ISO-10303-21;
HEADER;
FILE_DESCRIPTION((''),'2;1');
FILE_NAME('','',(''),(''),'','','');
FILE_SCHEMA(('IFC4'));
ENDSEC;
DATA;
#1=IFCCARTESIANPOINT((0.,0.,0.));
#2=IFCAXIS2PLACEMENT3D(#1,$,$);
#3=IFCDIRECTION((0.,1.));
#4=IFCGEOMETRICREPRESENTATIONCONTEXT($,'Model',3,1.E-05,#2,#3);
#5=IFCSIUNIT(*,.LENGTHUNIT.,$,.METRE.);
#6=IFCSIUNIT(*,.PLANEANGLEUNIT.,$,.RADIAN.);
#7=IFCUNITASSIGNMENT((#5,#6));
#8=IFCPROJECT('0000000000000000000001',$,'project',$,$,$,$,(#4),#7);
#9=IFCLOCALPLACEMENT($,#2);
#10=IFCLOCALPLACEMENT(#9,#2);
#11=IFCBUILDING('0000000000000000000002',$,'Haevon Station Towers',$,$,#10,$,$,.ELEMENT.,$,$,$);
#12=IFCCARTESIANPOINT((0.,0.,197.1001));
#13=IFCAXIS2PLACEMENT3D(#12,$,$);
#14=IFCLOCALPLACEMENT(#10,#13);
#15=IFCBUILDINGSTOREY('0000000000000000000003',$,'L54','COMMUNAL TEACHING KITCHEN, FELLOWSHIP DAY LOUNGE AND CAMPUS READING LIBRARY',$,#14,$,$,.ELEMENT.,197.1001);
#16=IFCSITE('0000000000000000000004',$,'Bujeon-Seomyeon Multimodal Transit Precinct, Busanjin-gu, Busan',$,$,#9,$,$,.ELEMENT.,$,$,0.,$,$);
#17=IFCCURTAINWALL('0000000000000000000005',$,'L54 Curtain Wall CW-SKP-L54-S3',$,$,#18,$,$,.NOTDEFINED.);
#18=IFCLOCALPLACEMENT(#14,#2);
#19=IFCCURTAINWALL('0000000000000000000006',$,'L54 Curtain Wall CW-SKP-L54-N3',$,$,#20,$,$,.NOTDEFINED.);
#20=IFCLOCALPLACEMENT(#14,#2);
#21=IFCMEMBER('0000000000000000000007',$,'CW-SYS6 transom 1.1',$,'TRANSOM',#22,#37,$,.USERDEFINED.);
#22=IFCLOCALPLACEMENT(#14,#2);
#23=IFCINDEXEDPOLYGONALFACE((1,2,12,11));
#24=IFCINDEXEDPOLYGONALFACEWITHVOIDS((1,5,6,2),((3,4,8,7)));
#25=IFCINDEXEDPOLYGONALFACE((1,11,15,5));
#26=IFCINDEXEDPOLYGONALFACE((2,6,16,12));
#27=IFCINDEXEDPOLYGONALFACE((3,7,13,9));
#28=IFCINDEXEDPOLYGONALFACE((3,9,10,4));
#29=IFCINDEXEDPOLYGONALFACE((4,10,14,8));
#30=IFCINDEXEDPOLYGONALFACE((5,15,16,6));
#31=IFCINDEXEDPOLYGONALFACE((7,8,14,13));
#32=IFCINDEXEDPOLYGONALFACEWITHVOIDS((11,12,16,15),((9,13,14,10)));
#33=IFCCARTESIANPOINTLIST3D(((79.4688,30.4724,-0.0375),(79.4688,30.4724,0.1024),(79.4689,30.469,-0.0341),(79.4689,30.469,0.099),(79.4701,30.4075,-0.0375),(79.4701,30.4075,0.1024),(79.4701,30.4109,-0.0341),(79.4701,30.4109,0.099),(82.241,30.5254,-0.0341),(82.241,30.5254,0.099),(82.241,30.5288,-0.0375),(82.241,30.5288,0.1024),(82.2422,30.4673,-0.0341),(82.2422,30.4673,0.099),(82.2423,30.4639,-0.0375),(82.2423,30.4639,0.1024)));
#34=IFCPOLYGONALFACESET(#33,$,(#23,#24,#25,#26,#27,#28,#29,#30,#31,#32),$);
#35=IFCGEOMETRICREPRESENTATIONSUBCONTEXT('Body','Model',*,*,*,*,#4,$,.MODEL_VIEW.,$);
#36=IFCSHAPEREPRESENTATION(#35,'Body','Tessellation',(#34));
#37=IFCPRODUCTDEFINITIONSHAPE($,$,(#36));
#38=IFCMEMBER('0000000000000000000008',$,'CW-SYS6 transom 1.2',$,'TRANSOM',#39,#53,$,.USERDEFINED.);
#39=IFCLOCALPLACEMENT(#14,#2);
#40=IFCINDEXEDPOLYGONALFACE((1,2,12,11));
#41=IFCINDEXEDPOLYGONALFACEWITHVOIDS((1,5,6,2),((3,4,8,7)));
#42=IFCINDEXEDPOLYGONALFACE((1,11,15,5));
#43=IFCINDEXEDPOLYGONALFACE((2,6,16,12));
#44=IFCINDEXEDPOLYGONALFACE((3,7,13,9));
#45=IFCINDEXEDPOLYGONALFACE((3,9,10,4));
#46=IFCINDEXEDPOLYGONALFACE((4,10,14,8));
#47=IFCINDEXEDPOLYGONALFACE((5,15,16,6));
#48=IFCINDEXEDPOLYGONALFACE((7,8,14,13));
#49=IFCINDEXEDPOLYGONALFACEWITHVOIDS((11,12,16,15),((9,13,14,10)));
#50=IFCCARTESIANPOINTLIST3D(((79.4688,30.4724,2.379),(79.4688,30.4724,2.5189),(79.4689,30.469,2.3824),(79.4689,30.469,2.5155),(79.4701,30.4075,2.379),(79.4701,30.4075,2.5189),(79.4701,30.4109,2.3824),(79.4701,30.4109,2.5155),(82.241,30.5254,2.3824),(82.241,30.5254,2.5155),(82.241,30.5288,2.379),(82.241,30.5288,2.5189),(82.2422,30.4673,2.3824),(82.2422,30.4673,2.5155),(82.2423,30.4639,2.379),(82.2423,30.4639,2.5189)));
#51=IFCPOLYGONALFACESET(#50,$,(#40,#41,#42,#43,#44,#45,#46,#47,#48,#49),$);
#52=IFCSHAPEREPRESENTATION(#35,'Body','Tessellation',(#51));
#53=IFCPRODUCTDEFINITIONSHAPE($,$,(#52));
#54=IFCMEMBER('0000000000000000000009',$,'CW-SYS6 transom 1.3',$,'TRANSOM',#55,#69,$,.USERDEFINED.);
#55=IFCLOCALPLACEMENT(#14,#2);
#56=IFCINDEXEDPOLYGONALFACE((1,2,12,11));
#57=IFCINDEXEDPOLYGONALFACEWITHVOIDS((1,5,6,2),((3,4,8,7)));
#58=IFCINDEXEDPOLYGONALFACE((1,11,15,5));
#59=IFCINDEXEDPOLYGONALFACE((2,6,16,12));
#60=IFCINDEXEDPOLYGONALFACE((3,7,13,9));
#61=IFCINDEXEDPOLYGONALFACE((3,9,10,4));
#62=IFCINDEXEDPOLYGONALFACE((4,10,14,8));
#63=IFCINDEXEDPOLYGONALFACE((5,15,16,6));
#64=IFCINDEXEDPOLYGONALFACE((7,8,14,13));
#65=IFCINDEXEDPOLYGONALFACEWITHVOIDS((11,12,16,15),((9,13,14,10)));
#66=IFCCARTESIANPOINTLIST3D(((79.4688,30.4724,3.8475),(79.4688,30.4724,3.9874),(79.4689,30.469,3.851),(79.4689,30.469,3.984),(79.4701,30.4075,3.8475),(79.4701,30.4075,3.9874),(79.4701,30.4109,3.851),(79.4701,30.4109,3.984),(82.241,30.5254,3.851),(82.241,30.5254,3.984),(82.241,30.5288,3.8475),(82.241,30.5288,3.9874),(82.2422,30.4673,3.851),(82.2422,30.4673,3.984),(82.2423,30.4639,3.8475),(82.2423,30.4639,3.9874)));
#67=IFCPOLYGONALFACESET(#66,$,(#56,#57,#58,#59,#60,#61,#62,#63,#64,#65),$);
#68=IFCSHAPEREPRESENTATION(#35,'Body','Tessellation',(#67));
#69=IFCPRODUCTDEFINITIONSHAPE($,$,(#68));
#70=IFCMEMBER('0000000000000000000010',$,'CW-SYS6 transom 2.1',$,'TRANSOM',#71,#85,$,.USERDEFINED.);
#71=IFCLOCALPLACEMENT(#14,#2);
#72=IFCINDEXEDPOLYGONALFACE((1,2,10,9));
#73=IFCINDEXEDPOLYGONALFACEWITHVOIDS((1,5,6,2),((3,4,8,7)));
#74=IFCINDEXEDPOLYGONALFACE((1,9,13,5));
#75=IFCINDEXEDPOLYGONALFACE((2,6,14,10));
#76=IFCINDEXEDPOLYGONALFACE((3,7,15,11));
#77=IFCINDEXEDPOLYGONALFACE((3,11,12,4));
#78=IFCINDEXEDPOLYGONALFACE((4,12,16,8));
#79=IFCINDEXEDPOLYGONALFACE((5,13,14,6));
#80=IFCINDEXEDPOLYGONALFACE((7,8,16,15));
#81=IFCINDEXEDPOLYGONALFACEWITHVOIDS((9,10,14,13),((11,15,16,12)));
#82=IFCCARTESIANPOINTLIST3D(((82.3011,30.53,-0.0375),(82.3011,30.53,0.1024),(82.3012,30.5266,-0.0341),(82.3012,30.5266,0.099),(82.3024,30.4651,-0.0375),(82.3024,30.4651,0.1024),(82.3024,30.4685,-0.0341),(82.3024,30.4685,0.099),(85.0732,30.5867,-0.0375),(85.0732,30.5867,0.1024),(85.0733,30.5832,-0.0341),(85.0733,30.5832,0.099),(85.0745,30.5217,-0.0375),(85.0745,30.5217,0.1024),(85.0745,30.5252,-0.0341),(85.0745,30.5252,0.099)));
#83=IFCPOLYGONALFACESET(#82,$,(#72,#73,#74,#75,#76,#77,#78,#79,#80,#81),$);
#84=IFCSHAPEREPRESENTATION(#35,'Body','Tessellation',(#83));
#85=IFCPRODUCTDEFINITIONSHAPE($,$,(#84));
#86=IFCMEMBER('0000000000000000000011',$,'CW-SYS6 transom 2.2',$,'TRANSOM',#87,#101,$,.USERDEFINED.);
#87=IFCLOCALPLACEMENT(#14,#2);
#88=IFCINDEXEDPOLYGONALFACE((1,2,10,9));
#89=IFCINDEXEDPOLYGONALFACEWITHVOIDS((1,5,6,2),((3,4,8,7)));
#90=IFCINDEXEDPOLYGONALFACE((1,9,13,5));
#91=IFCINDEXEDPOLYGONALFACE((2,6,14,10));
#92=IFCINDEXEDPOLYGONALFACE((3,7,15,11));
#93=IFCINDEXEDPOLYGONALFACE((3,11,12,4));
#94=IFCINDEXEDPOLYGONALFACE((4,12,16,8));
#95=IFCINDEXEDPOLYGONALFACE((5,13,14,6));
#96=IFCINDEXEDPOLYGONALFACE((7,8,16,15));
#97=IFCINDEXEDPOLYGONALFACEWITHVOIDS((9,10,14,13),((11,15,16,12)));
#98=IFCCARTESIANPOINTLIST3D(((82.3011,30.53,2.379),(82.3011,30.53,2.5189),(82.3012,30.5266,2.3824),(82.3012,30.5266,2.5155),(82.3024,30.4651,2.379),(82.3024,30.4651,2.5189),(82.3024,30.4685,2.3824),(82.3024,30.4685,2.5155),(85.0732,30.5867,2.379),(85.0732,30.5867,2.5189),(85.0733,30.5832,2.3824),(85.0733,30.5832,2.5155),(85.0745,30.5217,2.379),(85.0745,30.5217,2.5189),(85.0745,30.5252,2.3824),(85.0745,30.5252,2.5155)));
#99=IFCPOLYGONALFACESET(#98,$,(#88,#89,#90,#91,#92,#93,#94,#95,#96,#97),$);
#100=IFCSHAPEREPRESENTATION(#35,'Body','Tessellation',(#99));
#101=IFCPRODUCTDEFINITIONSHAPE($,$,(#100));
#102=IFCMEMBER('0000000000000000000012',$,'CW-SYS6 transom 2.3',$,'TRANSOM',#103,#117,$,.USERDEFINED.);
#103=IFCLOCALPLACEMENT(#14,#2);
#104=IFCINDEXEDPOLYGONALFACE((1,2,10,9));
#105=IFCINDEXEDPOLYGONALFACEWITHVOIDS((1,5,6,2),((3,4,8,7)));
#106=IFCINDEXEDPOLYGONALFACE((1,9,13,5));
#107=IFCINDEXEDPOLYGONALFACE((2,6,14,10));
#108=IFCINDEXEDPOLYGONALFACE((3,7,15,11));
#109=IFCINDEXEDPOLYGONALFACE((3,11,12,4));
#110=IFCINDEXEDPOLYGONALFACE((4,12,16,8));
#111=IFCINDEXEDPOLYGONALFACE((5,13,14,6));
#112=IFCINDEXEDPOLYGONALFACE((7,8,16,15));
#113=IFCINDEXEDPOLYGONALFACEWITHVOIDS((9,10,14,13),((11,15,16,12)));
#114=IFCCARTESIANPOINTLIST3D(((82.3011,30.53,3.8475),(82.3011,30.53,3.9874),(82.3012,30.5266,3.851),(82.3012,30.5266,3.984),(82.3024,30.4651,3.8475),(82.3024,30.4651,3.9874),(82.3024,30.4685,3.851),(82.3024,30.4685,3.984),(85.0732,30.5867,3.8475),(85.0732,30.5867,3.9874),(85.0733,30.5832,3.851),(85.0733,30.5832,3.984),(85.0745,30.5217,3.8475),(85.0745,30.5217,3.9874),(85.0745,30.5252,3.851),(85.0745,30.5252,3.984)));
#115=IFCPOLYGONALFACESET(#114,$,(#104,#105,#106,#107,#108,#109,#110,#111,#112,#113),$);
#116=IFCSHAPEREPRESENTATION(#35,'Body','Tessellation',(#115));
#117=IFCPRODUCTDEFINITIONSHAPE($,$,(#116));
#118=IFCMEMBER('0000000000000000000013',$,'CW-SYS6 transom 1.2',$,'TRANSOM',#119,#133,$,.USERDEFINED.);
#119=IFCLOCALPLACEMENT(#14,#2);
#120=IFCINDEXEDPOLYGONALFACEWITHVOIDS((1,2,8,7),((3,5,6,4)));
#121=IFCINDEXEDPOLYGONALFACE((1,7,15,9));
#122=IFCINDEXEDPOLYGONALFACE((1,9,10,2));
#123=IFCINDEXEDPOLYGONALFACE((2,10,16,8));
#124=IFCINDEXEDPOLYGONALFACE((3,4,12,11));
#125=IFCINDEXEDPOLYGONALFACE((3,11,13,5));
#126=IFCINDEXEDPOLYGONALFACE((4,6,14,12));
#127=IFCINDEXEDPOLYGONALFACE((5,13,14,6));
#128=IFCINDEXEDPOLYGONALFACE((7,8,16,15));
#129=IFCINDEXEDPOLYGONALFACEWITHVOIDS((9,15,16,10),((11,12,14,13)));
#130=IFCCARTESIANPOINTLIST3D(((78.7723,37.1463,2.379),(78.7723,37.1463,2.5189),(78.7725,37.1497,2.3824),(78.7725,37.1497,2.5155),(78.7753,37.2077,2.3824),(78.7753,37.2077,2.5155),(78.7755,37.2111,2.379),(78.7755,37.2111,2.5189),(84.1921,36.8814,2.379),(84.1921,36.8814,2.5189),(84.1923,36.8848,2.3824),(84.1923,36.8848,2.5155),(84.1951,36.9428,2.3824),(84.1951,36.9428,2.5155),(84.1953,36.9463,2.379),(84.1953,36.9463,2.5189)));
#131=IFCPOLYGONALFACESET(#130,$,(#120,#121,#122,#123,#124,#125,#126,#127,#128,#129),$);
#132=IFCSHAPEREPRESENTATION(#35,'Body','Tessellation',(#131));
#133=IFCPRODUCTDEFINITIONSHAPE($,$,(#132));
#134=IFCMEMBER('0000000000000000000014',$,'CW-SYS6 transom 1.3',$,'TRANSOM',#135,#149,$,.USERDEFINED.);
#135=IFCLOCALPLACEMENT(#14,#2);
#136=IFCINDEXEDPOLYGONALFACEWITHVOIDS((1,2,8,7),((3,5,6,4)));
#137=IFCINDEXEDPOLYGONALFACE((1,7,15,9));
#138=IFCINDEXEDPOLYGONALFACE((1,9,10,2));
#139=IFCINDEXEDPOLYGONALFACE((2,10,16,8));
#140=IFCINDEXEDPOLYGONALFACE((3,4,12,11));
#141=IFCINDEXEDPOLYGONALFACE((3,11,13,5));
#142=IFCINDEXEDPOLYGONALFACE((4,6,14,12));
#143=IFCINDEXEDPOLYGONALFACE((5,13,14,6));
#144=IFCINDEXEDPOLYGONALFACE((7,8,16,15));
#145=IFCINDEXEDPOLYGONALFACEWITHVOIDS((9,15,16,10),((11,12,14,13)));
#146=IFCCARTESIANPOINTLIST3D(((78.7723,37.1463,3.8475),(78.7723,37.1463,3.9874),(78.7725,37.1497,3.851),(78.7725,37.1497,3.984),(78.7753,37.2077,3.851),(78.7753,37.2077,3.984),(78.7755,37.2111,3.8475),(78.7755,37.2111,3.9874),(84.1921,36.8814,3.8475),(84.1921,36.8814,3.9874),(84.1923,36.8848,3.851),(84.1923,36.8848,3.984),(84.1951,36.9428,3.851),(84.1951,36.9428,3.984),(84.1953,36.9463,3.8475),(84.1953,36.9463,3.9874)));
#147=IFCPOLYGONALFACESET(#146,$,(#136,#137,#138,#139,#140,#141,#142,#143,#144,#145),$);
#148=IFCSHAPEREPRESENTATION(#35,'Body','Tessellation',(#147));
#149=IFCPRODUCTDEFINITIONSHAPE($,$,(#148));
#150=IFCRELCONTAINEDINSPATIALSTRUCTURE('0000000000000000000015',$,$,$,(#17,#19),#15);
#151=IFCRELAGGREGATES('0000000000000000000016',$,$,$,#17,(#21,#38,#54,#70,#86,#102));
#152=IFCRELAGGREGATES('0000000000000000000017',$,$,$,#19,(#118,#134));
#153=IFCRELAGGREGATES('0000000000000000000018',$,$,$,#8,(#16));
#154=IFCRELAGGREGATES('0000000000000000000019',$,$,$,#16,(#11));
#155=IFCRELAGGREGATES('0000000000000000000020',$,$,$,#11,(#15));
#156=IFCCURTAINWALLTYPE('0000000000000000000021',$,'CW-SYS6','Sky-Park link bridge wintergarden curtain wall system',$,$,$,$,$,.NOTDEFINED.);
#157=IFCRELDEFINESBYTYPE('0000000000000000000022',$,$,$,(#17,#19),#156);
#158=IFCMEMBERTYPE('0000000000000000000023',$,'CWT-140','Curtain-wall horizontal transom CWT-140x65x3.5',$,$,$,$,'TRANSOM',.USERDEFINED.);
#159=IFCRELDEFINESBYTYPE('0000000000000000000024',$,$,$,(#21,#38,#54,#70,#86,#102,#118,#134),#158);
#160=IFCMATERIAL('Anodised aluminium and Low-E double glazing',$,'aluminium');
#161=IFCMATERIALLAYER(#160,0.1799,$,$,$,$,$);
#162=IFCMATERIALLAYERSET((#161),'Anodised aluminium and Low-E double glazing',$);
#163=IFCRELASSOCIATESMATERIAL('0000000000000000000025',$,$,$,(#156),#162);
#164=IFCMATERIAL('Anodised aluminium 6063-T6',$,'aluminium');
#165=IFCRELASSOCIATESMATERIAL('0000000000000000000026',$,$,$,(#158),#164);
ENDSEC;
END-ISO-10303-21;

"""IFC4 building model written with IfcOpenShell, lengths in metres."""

from ifc_helpers import new_model, si_unit, direction, frame, origin, origin_2d, place, context, subcontext, project, spatial, hollow_rectangle, extrude, material, layer, layer_set, material_profile, profile_set, type_object, element, aggregate, save


model = new_model("IFC4")

# Units and contexts
model_context = context("Model", 3, precision=1e-05, world=origin(), true_north=direction((0.0, 1.0)))
body_context = subcontext(model_context, "Body", "Model", "MODEL_VIEW")
ifc_project = project(units=[si_unit("LENGTHUNIT", "METRE"), si_unit("PLANEANGLEUNIT", "RADIAN")], contexts=[model_context])

# Site, building, storey
site_placement = place(None, origin())
site = spatial("IfcSite", under=ifc_project, at=site_placement, Name="Bujeon-Seomyeon Multimodal Transit Precinct, Busanjin-gu, Busan", CompositionType="ELEMENT", RefElevation=0.0)
building_placement = place(site_placement, origin())
building = spatial("IfcBuilding", under=site, at=building_placement, Name="Haevon Station Towers", CompositionType="ELEMENT")
storey_placement = place(building_placement, frame((0.0, 0.0, 197.1001)))
storey = spatial("IfcBuildingStorey", under=building, at=storey_placement, Name="L54", Description="COMMUNAL TEACHING KITCHEN, FELLOWSHIP DAY LOUNGE AND CAMPUS READING LIBRARY", CompositionType="ELEMENT", Elevation=197.1001)

# Shared definitions
ifc_material_1 = material(Name="Anodised aluminium and Low-E double glazing", Category="aluminium")
ifc_layer_1 = layer(ifc_material_1, 0.1799)
ifc_layer_set_1 = layer_set([ifc_layer_1], Name="Anodised aluminium and Low-E double glazing")
curtain_wall_type = type_object("IfcCurtainWallType", Name="CW-SYS6", Description="Sky-Park link bridge wintergarden curtain wall system", PredefinedType="NOTDEFINED", material=ifc_layer_set_1)
ifc_material_2 = material(Name="Anodised aluminium 6063-T6", Category="aluminium")

# Curtain wall
curtain_wall_1_placement = place(storey_placement, origin())
curtain_wall_1 = element("IfcCurtainWall", 1, at=curtain_wall_1_placement, inside=storey, type_object=curtain_wall_type, Name="L54 Curtain Wall CW-SKP-L54-S3", PredefinedType="NOTDEFINED")

# Curtain wall
curtain_wall_2_placement = place(storey_placement, origin())
curtain_wall_2 = element("IfcCurtainWall", 2, at=curtain_wall_2_placement, inside=storey, type_object=curtain_wall_type, Name="L54 Curtain Wall CW-SKP-L54-N3", PredefinedType="NOTDEFINED")

# Members
ifc_material_profile_1 = material_profile(ifc_material_2, hollow_rectangle(XDim=0.0649, YDim=0.1399, WallThickness=0.0034, at=origin_2d()), Name="CWT-140x65x3.5")
ifc_profile_set_1 = profile_set([ifc_material_profile_1], Name="Anodised aluminium 6063-T6")
member_type_1 = type_object("IfcMemberType", Name="CWT-140", Description="Curtain-wall horizontal transom CWT-140x65x3.5", ElementType="TRANSOM", PredefinedType="USERDEFINED", material=ifc_profile_set_1)
member_1_placement = place(storey_placement, frame((79.4695, 30.4399, 0.0325), z_axis=(0.999793, 0.020339, 0.0), x_axis=(-0.020339, 0.999793, 0.0)))
member_1 = element("IfcMember", 3, at=member_1_placement, type_object=member_type_1, Name="CW-SYS6 transom 1.1", ObjectType="TRANSOM", PredefinedType="USERDEFINED", context=body_context, shape_type="SweptSolid", body=[
    extrude(hollow_rectangle(XDim=0.0649, YDim=0.1399, WallThickness=0.0034, at=origin_2d()), origin(), (0.0, 0.0, 1.0), 2.7727),
])
member_2_placement = place(storey_placement, frame((79.4695, 30.4399, 2.449), z_axis=(0.999793, 0.020339, 0.0), x_axis=(-0.020339, 0.999793, 0.0)))
member_2 = element("IfcMember", 4, at=member_2_placement, type_object=member_type_1, Name="CW-SYS6 transom 1.2", ObjectType="TRANSOM", PredefinedType="USERDEFINED", context=body_context, shape_type="SweptSolid", body=[
    extrude(hollow_rectangle(XDim=0.0649, YDim=0.1399, WallThickness=0.0034, at=origin_2d()), origin(), (0.0, 0.0, 1.0), 2.7727),
])
member_3_placement = place(storey_placement, frame((79.4695, 30.4399, 3.9175), z_axis=(0.999793, 0.020339, 0.0), x_axis=(-0.020339, 0.999793, 0.0)))
member_3 = element("IfcMember", 5, at=member_3_placement, type_object=member_type_1, Name="CW-SYS6 transom 1.3", ObjectType="TRANSOM", PredefinedType="USERDEFINED", context=body_context, shape_type="SweptSolid", body=[
    extrude(hollow_rectangle(XDim=0.0649, YDim=0.1399, WallThickness=0.0034, at=origin_2d()), origin(), (0.0, 0.0, 1.0), 2.7727),
])
member_4_placement = place(storey_placement, frame((82.3018, 30.4976, 0.0325), z_axis=(0.999791, 0.020427, 0.0), x_axis=(-0.020427, 0.999791, 0.0)))
member_4 = element("IfcMember", 6, at=member_4_placement, type_object=member_type_1, Name="CW-SYS6 transom 2.1", ObjectType="TRANSOM", PredefinedType="USERDEFINED", context=body_context, shape_type="SweptSolid", body=[
    extrude(hollow_rectangle(XDim=0.0649, YDim=0.1399, WallThickness=0.0034, at=origin_2d()), origin(), (0.0, 0.0, 1.0), 2.7727),
])
member_5_placement = place(storey_placement, frame((82.3018, 30.4976, 2.449), z_axis=(0.999791, 0.020427, 0.0), x_axis=(-0.020427, 0.999791, 0.0)))
member_5 = element("IfcMember", 7, at=member_5_placement, type_object=member_type_1, Name="CW-SYS6 transom 2.2", ObjectType="TRANSOM", PredefinedType="USERDEFINED", context=body_context, shape_type="SweptSolid", body=[
    extrude(hollow_rectangle(XDim=0.0649, YDim=0.1399, WallThickness=0.0034, at=origin_2d()), origin(), (0.0, 0.0, 1.0), 2.7727),
])
member_6_placement = place(storey_placement, frame((82.3018, 30.4976, 3.9175), z_axis=(0.999791, 0.020427, 0.0), x_axis=(-0.020427, 0.999791, 0.0)))
member_6 = element("IfcMember", 8, at=member_6_placement, type_object=member_type_1, Name="CW-SYS6 transom 2.3", ObjectType="TRANSOM", PredefinedType="USERDEFINED", context=body_context, shape_type="SweptSolid", body=[
    extrude(hollow_rectangle(XDim=0.0649, YDim=0.1399, WallThickness=0.0034, at=origin_2d()), origin(), (0.0, 0.0, 1.0), 2.7727),
])
member_7_placement = place(storey_placement, frame((78.7739, 37.1787, 2.449), z_axis=(0.998808, -0.048816, 0.0), x_axis=(0.048816, 0.998808, 0.0)))
member_7 = element("IfcMember", 9, at=member_7_placement, type_object=member_type_1, Name="CW-SYS6 transom 1.2", ObjectType="TRANSOM", PredefinedType="USERDEFINED", context=body_context, shape_type="SweptSolid", body=[
    extrude(hollow_rectangle(XDim=0.0649, YDim=0.1399, WallThickness=0.0034, at=origin_2d()), origin(), (0.0, 0.0, 1.0), 5.4263),
])
member_8_placement = place(storey_placement, frame((78.7739, 37.1787, 3.9175), z_axis=(0.998808, -0.048816, 0.0), x_axis=(0.048816, 0.998808, 0.0)))
member_8 = element("IfcMember", 10, at=member_8_placement, type_object=member_type_1, Name="CW-SYS6 transom 1.3", ObjectType="TRANSOM", PredefinedType="USERDEFINED", context=body_context, shape_type="SweptSolid", body=[
    extrude(hollow_rectangle(XDim=0.0649, YDim=0.1399, WallThickness=0.0034, at=origin_2d()), origin(), (0.0, 0.0, 1.0), 5.4263),
])

aggregate(curtain_wall_1, [member_1, member_2, member_3, member_4, member_5, member_6])
aggregate(curtain_wall_2, [member_7, member_8])

save(model, "model.ifc")
